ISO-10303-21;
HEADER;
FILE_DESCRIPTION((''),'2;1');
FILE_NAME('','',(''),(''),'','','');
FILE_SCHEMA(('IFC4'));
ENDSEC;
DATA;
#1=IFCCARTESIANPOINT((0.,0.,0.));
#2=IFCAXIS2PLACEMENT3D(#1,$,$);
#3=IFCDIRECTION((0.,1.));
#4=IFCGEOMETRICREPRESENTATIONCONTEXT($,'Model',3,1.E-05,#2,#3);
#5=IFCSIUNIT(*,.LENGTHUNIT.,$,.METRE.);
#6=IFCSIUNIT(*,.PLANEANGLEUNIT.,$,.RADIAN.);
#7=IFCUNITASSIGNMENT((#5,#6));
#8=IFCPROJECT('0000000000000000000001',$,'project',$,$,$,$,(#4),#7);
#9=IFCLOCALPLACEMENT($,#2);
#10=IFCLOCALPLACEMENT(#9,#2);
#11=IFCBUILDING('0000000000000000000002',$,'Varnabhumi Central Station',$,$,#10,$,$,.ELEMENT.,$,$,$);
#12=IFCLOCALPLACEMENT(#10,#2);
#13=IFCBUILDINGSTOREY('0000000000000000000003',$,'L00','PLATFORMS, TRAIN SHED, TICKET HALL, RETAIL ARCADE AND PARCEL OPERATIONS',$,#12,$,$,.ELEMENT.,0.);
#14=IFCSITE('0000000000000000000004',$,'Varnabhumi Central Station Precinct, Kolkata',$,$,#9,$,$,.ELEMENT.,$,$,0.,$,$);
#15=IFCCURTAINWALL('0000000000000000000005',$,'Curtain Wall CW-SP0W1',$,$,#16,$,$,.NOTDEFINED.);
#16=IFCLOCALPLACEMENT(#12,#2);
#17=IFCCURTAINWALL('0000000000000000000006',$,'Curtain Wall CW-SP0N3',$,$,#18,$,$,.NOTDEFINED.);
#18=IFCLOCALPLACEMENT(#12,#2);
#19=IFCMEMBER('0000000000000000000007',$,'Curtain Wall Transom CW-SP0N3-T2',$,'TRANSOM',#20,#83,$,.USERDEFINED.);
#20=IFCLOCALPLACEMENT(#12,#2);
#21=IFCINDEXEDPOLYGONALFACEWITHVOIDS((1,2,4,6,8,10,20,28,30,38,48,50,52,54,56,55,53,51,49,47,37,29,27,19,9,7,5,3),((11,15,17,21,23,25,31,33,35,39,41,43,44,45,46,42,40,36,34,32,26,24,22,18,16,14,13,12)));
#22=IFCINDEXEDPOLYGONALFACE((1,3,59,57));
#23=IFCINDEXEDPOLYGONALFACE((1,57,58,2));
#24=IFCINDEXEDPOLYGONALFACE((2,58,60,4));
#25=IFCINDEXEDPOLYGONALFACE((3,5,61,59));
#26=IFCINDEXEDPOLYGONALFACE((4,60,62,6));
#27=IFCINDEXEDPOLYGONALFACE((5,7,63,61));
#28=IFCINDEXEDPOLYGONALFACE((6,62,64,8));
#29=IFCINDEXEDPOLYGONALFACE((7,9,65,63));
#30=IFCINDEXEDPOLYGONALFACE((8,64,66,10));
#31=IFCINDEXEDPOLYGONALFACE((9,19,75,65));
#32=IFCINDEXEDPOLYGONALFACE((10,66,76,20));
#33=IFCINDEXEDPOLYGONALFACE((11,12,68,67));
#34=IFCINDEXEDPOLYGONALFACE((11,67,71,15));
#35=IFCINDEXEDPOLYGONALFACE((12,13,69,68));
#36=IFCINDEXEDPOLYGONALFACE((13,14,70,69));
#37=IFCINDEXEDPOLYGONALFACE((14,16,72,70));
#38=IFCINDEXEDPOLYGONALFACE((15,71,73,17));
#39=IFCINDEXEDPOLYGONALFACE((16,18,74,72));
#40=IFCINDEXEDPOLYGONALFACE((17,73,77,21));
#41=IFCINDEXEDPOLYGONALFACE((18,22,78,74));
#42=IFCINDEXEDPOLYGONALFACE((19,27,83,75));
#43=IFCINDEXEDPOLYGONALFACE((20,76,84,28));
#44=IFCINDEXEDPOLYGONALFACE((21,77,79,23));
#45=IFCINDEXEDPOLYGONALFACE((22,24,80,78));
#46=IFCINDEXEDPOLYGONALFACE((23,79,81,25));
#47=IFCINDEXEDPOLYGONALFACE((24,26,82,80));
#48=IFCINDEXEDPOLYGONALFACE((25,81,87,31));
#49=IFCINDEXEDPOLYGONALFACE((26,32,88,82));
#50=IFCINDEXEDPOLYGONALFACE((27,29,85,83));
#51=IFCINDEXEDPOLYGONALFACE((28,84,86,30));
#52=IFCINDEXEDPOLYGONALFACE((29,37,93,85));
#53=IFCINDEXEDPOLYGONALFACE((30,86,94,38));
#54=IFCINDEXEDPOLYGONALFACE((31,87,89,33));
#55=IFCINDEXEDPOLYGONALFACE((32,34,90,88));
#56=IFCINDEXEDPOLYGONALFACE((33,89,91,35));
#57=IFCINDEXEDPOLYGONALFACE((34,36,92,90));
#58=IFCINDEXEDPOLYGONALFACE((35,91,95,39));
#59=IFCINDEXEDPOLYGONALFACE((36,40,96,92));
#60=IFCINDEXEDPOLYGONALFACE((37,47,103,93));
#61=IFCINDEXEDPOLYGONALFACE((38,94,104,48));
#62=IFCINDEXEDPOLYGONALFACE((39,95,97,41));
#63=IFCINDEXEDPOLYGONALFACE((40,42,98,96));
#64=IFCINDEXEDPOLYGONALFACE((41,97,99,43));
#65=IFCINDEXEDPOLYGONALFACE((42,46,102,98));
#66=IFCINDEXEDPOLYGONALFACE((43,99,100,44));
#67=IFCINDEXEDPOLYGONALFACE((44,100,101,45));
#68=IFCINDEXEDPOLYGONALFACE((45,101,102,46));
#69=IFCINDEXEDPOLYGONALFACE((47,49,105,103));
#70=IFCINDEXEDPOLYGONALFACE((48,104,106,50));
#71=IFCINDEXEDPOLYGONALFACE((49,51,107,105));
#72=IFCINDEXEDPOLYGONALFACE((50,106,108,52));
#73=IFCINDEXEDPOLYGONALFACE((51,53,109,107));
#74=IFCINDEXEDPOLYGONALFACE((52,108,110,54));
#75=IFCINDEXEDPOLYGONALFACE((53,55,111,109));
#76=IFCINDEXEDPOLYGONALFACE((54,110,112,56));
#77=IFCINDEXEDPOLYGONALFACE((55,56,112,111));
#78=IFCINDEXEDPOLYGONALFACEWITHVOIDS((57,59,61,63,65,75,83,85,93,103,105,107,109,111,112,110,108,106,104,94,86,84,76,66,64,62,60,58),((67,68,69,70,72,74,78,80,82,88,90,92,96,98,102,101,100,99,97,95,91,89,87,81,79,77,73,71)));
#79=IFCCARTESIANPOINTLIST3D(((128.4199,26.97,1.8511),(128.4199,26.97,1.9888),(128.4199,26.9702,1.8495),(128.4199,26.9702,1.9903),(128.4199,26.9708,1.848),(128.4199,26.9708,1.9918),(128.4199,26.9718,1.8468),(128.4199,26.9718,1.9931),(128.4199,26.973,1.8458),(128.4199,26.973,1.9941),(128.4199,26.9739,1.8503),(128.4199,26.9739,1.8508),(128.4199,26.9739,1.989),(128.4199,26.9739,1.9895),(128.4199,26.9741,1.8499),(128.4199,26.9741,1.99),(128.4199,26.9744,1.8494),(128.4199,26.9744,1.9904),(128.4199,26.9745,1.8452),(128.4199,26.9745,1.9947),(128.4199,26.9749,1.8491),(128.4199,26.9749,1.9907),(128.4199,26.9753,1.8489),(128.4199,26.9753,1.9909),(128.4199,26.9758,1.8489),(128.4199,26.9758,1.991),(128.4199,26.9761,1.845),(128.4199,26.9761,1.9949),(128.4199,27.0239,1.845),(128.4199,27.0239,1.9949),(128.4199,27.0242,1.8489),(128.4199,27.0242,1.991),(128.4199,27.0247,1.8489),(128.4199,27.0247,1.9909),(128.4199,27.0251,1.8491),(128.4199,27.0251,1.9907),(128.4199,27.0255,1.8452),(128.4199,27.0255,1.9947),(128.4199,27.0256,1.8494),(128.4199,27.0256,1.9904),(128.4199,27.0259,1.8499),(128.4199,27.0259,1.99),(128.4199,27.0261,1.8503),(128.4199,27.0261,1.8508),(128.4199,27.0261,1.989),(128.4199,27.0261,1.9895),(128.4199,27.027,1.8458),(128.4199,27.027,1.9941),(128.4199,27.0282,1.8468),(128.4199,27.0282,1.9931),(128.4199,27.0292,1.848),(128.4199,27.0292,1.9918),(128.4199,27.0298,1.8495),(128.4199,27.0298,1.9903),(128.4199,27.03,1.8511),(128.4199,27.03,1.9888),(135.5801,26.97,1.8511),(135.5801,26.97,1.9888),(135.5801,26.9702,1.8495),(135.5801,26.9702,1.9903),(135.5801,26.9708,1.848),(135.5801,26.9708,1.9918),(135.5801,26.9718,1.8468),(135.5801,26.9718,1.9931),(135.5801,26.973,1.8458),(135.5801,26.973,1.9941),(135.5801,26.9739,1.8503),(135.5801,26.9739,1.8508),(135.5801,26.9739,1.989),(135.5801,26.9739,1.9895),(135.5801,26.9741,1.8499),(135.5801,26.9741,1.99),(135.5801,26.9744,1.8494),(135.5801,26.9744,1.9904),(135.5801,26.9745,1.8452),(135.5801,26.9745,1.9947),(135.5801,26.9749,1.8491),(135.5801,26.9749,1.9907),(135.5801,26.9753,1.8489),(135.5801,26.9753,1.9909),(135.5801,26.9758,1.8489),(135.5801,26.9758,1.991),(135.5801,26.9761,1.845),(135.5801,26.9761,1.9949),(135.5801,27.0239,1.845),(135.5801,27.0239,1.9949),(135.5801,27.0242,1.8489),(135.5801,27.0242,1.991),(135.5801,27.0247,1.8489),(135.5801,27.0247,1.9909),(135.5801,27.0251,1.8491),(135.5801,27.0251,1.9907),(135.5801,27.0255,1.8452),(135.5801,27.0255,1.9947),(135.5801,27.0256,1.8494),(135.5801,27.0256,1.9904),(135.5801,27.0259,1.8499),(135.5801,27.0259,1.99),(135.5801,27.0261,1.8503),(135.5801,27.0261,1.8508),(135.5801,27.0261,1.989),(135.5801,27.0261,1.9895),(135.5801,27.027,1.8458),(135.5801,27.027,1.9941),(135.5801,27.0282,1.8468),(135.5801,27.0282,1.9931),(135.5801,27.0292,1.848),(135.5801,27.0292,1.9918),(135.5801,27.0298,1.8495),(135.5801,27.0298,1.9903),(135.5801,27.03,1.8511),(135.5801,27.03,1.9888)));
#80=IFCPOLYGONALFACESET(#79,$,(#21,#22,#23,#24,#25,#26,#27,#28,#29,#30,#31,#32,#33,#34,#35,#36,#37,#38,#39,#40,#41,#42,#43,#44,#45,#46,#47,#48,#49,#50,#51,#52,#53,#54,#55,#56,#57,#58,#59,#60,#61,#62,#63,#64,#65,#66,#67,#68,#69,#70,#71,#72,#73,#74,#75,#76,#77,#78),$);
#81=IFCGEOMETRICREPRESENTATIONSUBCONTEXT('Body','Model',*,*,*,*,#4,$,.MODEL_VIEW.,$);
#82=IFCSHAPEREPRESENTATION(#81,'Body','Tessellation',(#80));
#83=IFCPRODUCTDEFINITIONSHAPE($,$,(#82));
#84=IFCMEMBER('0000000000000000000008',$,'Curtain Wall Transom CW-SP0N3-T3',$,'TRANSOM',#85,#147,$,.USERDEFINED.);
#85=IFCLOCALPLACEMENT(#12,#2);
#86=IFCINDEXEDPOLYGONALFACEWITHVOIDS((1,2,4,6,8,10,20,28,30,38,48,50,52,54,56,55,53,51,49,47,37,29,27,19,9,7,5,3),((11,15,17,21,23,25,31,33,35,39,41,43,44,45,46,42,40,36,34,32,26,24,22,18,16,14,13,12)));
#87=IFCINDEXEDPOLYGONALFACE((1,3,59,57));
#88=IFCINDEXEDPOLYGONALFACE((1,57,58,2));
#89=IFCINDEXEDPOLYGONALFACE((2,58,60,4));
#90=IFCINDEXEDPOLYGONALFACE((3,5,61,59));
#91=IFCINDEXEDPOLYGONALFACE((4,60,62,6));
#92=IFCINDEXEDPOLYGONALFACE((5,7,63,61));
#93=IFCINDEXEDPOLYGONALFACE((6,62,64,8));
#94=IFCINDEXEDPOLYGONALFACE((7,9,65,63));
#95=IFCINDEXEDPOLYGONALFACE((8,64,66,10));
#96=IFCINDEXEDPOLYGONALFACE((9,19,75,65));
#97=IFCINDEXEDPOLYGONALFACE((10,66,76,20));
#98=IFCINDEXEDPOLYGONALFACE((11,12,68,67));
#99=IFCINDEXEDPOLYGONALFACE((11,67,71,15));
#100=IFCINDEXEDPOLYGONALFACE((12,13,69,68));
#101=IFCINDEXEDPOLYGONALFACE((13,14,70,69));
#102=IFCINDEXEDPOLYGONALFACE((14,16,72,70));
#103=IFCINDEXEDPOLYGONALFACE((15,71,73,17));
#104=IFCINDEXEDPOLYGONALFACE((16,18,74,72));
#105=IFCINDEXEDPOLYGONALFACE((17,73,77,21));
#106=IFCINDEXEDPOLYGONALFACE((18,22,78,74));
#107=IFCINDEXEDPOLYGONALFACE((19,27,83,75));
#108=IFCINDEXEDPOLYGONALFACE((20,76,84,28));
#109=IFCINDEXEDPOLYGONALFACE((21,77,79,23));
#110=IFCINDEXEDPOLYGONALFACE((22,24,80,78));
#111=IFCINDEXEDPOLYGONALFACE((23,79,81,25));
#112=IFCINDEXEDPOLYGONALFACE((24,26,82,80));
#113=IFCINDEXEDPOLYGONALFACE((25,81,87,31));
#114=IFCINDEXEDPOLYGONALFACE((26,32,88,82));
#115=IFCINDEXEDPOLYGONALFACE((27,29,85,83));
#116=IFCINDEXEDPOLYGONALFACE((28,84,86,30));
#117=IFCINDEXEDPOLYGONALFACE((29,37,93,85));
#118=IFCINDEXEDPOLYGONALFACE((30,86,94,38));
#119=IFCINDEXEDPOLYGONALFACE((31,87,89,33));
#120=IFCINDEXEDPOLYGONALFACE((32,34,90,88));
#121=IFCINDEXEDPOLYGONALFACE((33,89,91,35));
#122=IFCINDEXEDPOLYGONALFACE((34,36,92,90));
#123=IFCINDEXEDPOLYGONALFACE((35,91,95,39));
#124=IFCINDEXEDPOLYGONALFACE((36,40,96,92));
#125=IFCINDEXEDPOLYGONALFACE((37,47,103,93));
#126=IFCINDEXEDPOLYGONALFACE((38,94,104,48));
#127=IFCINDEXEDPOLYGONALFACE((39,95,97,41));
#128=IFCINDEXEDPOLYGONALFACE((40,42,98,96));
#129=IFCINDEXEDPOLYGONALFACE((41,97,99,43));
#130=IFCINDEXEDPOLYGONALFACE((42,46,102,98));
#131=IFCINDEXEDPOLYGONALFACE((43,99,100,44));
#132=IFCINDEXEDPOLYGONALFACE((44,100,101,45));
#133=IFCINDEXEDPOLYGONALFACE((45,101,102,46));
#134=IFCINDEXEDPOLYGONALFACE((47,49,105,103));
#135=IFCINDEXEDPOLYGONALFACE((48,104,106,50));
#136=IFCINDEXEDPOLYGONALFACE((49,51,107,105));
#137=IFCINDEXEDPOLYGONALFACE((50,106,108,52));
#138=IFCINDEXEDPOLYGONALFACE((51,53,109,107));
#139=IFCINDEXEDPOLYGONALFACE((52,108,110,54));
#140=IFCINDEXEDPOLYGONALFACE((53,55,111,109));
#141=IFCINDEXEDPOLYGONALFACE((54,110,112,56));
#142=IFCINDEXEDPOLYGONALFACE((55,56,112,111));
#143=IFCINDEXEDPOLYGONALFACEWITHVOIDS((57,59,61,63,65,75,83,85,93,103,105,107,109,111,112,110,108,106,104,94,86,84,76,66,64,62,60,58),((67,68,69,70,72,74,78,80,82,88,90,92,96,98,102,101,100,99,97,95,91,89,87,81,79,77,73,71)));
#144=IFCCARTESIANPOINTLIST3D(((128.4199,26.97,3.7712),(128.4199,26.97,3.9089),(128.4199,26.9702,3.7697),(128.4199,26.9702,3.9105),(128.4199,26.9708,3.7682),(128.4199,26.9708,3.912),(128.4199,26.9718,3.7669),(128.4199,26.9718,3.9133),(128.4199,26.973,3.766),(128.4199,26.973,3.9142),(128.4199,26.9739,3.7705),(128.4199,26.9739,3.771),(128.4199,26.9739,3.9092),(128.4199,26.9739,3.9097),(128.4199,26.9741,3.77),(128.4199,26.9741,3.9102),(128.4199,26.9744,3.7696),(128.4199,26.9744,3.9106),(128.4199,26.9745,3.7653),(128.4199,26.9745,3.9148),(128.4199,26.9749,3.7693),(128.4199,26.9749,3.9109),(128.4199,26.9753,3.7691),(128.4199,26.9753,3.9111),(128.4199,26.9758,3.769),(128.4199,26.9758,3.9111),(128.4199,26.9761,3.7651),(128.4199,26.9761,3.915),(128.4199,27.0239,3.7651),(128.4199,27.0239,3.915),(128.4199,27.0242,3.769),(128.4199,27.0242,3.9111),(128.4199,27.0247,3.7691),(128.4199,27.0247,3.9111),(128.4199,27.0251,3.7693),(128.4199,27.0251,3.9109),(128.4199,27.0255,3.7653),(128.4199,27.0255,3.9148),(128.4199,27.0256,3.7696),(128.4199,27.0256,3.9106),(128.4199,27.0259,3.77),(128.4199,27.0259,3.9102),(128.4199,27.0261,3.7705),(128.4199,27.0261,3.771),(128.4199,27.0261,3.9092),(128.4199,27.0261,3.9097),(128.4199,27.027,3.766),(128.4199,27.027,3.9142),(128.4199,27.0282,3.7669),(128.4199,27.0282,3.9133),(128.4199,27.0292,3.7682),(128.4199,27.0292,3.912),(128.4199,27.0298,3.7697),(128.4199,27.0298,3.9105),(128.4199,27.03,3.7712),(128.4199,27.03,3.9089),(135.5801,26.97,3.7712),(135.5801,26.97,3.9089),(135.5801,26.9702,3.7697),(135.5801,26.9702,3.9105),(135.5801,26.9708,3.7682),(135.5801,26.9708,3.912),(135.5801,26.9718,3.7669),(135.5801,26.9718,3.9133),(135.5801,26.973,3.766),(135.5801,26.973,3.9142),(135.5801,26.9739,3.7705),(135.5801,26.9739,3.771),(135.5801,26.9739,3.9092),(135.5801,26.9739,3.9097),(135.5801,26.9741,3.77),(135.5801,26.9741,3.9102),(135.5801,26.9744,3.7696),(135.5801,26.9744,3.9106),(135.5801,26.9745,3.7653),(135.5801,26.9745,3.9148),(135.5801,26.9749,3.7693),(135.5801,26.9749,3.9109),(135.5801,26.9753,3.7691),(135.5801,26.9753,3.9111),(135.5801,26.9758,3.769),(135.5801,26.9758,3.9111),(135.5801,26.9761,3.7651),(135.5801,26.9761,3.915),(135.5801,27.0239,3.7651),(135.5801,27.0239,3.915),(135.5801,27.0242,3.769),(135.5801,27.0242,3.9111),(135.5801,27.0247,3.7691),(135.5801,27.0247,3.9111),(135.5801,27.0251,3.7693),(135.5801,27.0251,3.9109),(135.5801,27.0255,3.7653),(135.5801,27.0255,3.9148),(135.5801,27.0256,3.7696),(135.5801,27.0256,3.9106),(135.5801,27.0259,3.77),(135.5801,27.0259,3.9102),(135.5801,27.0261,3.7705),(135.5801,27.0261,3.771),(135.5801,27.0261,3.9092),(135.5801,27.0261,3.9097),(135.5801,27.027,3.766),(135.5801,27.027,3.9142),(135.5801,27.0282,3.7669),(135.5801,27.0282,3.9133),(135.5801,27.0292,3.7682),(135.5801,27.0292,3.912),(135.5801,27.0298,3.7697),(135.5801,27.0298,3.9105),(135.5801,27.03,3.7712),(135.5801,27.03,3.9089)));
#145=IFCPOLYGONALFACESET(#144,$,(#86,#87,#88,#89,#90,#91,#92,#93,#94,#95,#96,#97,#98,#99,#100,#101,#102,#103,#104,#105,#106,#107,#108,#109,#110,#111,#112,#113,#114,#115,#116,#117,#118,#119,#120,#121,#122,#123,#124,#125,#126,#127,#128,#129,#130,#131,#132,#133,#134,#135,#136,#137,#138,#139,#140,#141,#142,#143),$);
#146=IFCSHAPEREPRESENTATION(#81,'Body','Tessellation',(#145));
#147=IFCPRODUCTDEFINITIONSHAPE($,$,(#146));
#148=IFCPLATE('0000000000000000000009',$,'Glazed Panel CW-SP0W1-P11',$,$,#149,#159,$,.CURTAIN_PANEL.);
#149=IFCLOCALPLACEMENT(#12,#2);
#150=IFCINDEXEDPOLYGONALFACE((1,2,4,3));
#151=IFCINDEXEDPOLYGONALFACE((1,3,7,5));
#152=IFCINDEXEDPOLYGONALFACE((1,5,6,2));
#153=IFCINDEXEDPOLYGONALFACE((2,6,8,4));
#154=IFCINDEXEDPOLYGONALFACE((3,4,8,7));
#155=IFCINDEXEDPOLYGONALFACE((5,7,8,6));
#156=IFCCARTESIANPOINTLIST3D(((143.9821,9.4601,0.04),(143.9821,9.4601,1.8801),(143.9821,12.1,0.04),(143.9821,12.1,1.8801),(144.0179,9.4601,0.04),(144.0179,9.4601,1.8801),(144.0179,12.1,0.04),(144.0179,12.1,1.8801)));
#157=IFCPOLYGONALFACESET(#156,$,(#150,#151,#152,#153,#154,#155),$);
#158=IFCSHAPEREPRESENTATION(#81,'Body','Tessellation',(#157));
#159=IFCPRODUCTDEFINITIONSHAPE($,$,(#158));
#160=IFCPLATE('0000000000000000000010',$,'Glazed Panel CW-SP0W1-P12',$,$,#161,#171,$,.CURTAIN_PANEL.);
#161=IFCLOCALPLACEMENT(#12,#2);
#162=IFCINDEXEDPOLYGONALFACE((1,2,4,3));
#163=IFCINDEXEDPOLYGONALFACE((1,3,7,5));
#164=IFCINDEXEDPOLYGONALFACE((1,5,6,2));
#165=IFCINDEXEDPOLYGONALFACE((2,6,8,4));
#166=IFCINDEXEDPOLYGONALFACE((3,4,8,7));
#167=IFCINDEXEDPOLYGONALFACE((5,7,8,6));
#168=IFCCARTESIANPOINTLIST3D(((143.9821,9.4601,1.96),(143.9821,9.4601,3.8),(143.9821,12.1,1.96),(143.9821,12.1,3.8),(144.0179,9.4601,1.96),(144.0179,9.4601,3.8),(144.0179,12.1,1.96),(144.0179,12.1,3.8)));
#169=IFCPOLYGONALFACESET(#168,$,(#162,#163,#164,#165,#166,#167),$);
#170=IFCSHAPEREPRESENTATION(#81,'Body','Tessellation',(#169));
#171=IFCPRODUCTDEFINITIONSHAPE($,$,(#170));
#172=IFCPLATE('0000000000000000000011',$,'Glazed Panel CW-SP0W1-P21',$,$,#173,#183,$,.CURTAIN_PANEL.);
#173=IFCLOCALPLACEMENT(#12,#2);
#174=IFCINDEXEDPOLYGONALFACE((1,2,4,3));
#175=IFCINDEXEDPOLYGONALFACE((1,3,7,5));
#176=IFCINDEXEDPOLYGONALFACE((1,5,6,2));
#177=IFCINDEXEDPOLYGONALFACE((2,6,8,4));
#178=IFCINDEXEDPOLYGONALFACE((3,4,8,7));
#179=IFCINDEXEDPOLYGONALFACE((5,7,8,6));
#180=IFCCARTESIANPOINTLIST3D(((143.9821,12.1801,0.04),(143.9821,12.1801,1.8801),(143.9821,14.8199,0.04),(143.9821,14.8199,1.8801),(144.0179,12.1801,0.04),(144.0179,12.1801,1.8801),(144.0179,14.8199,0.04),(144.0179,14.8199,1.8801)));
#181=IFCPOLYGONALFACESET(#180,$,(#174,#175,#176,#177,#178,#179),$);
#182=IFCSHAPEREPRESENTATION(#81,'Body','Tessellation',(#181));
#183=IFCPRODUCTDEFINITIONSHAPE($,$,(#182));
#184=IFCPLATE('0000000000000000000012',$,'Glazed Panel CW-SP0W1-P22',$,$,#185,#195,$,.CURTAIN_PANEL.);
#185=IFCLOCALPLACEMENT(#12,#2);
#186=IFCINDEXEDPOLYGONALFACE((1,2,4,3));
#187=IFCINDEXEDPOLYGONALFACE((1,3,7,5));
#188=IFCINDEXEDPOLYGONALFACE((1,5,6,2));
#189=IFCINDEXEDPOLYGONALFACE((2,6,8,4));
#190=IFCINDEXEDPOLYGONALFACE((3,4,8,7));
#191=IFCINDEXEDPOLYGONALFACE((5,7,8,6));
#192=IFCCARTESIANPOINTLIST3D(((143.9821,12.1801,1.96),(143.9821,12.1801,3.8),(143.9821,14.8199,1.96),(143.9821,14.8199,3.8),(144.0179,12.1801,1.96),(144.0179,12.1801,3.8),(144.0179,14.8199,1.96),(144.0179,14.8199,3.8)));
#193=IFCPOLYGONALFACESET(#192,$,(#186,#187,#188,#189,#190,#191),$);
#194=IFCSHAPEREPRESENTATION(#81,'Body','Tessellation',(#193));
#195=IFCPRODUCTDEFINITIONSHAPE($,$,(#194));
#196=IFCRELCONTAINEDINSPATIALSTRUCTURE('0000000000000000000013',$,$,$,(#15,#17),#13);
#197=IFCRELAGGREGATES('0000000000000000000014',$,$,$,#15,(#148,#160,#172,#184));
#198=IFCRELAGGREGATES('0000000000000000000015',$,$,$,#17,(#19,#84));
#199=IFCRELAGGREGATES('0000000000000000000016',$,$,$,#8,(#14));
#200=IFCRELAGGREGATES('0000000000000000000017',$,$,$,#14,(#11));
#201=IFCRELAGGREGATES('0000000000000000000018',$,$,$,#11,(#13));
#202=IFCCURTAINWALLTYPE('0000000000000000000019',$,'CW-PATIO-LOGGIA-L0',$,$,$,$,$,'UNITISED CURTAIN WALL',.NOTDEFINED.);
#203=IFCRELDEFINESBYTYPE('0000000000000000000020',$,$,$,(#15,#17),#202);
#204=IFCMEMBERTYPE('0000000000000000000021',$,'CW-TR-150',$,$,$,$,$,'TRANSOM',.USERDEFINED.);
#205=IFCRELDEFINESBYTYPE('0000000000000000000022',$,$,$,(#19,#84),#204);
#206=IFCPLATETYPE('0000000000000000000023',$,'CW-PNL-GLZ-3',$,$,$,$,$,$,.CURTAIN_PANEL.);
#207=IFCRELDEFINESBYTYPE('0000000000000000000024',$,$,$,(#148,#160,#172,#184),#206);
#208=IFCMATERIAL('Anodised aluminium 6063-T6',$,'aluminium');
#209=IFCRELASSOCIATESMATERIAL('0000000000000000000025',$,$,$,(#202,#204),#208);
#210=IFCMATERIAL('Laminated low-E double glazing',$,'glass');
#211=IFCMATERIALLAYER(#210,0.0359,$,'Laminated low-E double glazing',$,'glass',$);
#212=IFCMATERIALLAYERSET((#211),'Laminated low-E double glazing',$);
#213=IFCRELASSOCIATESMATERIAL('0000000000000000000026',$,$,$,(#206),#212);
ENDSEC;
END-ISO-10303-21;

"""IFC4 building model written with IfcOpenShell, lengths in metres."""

from ifc_helpers import new_model, si_unit, direction, frame, origin, origin_2d, place, context, subcontext, project, spatial, rectangle, hollow_rectangle, extrude, material, layer, layer_set, material_profile, profile_set, type_object, element, aggregate, save


model = new_model("IFC4")

# Units and contexts
model_context = context("Model", 3, precision=1e-05, world=origin(), true_north=direction((0.0, 1.0)))
body_context = subcontext(model_context, "Body", "Model", "MODEL_VIEW")
ifc_project = project(units=[si_unit("LENGTHUNIT", "METRE"), si_unit("PLANEANGLEUNIT", "RADIAN")], contexts=[model_context])

# Site, building, storey
site_placement = place(None, origin())
site = spatial("IfcSite", under=ifc_project, at=site_placement, Name="Varnabhumi Central Station Precinct, Kolkata", CompositionType="ELEMENT", RefElevation=0.0)
building_placement = place(site_placement, origin())
building = spatial("IfcBuilding", under=site, at=building_placement, Name="Varnabhumi Central Station", CompositionType="ELEMENT")
storey_placement = place(building_placement, origin())
storey = spatial("IfcBuildingStorey", under=building, at=storey_placement, Name="L00", Description="PLATFORMS, TRAIN SHED, TICKET HALL, RETAIL ARCADE AND PARCEL OPERATIONS", CompositionType="ELEMENT", Elevation=0.0)

# Curtain walls
ifc_material_1 = material(Name="Anodised aluminium 6063-T6", Category="aluminium")
curtain_wall_type = type_object("IfcCurtainWallType", Name="CW-PATIO-LOGGIA-L0", ElementType="UNITISED CURTAIN WALL", PredefinedType="NOTDEFINED", material=ifc_material_1)
curtain_wall_1_placement = place(storey_placement, origin())
curtain_wall_1 = element("IfcCurtainWall", 1, at=curtain_wall_1_placement, inside=storey, type_object=curtain_wall_type, Name="Curtain Wall CW-SP0W1", PredefinedType="NOTDEFINED")
curtain_wall_2_placement = place(storey_placement, origin())
curtain_wall_2 = element("IfcCurtainWall", 2, at=curtain_wall_2_placement, inside=storey, type_object=curtain_wall_type, Name="Curtain Wall CW-SP0N3", PredefinedType="NOTDEFINED")

# Members
ifc_material_profile_1 = material_profile(ifc_material_1, hollow_rectangle(XDim=0.0601, YDim=0.1499, WallThickness=0.0039, InnerFilletRadius=0.002, OuterFilletRadius=0.0061, at=origin_2d()), Name="Anodised aluminium 6063-T6", Category="aluminium")
ifc_profile_set_1 = profile_set([ifc_material_profile_1], Name="Anodised aluminium 6063-T6")
member_type_1 = type_object("IfcMemberType", Name="CW-TR-150", ElementType="TRANSOM", PredefinedType="USERDEFINED", material=ifc_profile_set_1)
member_1_placement = place(storey_placement, frame((128.4199, 27.0, 1.9199), z_axis=(1.0, 0.0, 0.0), x_axis=(0.0, 1.0, 0.0)))
member_1 = element("IfcMember", 3, at=member_1_placement, type_object=member_type_1, Name="Curtain Wall Transom CW-SP0N3-T2", ObjectType="TRANSOM", PredefinedType="USERDEFINED", context=body_context, shape_type="SweptSolid", body=[
    extrude(hollow_rectangle(XDim=0.0601, YDim=0.1499, WallThickness=0.0039, InnerFilletRadius=0.002, OuterFilletRadius=0.0061, at=origin_2d()), origin(), (0.0, 0.0, 1.0), 7.1602),
])
member_2_placement = place(storey_placement, frame((128.4199, 27.0, 3.8401), z_axis=(1.0, 0.0, 0.0), x_axis=(0.0, 1.0, 0.0)))
member_2 = element("IfcMember", 4, at=member_2_placement, type_object=member_type_1, Name="Curtain Wall Transom CW-SP0N3-T3", ObjectType="TRANSOM", PredefinedType="USERDEFINED", context=body_context, shape_type="SweptSolid", body=[
    extrude(hollow_rectangle(XDim=0.0601, YDim=0.1499, WallThickness=0.0039, InnerFilletRadius=0.002, OuterFilletRadius=0.0061, at=origin_2d()), origin(), (0.0, 0.0, 1.0), 7.1602),
])

# Plates
ifc_material_2 = material(Name="Laminated low-E double glazing", Category="glass")
ifc_layer_1 = layer(ifc_material_2, 0.0359, Name="Laminated low-E double glazing", Category="glass")
ifc_layer_set_1 = layer_set([ifc_layer_1], Name="Laminated low-E double glazing")
plate_type_1 = type_object("IfcPlateType", Name="CW-PNL-GLZ-3", PredefinedType="CURTAIN_PANEL", material=ifc_layer_set_1)
plate_1_placement = place(storey_placement, frame((144.0, 10.78, 0.04), z_axis=(0.0, 0.0, 1.0), x_axis=(0.0, 1.0, 0.0)))
plate_1 = element("IfcPlate", 5, at=plate_1_placement, type_object=plate_type_1, Name="Glazed Panel CW-SP0W1-P11", PredefinedType="CURTAIN_PANEL", context=body_context, shape_type="SweptSolid", body=[
    extrude(rectangle(XDim=2.6399, YDim=0.0359, at=origin_2d()), origin(), (0.0, 0.0, 1.0), 1.8401),
])
plate_2_placement = place(storey_placement, frame((144.0, 10.78, 1.96), z_axis=(0.0, 0.0, 1.0), x_axis=(0.0, 1.0, 0.0)))
plate_2 = element("IfcPlate", 6, at=plate_2_placement, type_object=plate_type_1, Name="Glazed Panel CW-SP0W1-P12", PredefinedType="CURTAIN_PANEL", context=body_context, shape_type="SweptSolid", body=[
    extrude(rectangle(XDim=2.6399, YDim=0.0359, at=origin_2d()), origin(), (0.0, 0.0, 1.0), 1.8401),
])
plate_3_placement = place(storey_placement, frame((144.0, 13.5, 0.04), z_axis=(0.0, 0.0, 1.0), x_axis=(0.0, 1.0, 0.0)))
plate_3 = element("IfcPlate", 7, at=plate_3_placement, type_object=plate_type_1, Name="Glazed Panel CW-SP0W1-P21", PredefinedType="CURTAIN_PANEL", context=body_context, shape_type="SweptSolid", body=[
    extrude(rectangle(XDim=2.6399, YDim=0.0359, at=origin_2d()), origin(), (0.0, 0.0, 1.0), 1.8401),
])
plate_4_placement = place(storey_placement, frame((144.0, 13.5, 1.96), z_axis=(0.0, 0.0, 1.0), x_axis=(0.0, 1.0, 0.0)))
plate_4 = element("IfcPlate", 8, at=plate_4_placement, type_object=plate_type_1, Name="Glazed Panel CW-SP0W1-P22", PredefinedType="CURTAIN_PANEL", context=body_context, shape_type="SweptSolid", body=[
    extrude(rectangle(XDim=2.6399, YDim=0.0359, at=origin_2d()), origin(), (0.0, 0.0, 1.0), 1.8401),
])
aggregate(curtain_wall_1, [plate_1, plate_2, plate_3, plate_4])
aggregate(curtain_wall_2, [member_1, member_2])

save(model, "model.ifc")
